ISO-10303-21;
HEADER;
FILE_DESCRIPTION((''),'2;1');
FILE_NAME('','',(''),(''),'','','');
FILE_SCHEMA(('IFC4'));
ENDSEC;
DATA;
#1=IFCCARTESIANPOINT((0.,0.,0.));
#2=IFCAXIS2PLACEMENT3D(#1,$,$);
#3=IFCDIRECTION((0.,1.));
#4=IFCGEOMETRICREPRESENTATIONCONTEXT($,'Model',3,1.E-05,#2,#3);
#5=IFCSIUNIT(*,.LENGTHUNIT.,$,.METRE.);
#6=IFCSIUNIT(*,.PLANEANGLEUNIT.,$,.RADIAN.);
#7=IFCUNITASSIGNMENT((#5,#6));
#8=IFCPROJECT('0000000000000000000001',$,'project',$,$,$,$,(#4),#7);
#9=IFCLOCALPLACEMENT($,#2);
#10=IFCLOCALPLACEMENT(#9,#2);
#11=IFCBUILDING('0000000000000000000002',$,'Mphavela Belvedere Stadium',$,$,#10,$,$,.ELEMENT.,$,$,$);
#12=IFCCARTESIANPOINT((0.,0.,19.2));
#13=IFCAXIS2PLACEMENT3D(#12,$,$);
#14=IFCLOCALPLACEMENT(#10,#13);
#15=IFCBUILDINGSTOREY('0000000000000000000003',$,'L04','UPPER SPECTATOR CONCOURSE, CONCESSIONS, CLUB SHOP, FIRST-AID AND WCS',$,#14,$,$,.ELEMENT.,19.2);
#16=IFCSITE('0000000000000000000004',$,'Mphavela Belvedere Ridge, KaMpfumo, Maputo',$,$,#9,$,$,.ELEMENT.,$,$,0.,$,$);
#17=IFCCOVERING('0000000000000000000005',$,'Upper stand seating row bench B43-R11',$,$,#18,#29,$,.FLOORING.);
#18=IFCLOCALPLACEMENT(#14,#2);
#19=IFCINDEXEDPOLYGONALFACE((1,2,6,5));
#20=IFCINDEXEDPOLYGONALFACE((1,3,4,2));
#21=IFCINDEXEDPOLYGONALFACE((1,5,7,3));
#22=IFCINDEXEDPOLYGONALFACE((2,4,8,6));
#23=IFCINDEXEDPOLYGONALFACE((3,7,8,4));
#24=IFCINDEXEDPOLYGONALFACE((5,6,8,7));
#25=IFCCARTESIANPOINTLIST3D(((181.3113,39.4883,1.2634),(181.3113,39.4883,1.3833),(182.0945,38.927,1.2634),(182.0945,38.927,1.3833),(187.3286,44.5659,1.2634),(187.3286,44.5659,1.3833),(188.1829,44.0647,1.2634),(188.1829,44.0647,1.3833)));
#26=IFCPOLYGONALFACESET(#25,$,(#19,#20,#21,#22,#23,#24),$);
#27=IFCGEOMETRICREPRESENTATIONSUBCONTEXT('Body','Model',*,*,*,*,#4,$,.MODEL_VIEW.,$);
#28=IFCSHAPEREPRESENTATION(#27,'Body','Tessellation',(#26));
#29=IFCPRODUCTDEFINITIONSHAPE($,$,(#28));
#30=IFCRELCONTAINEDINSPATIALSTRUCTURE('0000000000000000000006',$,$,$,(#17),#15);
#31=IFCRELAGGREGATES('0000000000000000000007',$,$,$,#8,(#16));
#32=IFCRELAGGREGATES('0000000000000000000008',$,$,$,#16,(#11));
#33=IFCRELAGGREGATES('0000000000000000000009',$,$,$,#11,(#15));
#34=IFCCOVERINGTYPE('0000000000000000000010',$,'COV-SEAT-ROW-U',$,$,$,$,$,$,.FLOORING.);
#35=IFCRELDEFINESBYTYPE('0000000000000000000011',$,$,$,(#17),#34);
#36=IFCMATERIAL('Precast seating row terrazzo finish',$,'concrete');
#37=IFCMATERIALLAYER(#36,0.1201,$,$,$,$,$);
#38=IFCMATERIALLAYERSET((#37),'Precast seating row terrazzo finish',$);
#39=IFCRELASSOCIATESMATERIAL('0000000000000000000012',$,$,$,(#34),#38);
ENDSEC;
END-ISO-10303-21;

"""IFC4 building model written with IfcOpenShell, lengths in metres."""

from ifc_helpers import new_model, si_unit, direction, frame, origin, place, context, subcontext, project, spatial, polyline, outline, extrude, material, layer, layer_set, type_object, element, save


model = new_model("IFC4")

# Units and contexts
model_context = context("Model", 3, precision=1e-05, world=origin(), true_north=direction((0.0, 1.0)))
body_context = subcontext(model_context, "Body", "Model", "MODEL_VIEW")
ifc_project = project(units=[si_unit("LENGTHUNIT", "METRE"), si_unit("PLANEANGLEUNIT", "RADIAN")], contexts=[model_context])

# Site, building, storey
site_placement = place(None, origin())
site = spatial("IfcSite", under=ifc_project, at=site_placement, Name="Mphavela Belvedere Ridge, KaMpfumo, Maputo", CompositionType="ELEMENT", RefElevation=0.0)
building_placement = place(site_placement, origin())
building = spatial("IfcBuilding", under=site, at=building_placement, Name="Mphavela Belvedere Stadium", CompositionType="ELEMENT")
storey_placement = place(building_placement, frame((0.0, 0.0, 19.2)))
storey = spatial("IfcBuildingStorey", under=building, at=storey_placement, Name="L04", Description="UPPER SPECTATOR CONCOURSE, CONCESSIONS, CLUB SHOP, FIRST-AID AND WCS", CompositionType="ELEMENT", Elevation=19.2)

# Covering
ifc_material = material(Name="Precast seating row terrazzo finish", Category="concrete")
ifc_layer = layer(ifc_material, 0.1201)
ifc_layer_set = layer_set([ifc_layer], Name="Precast seating row terrazzo finish")
covering_type = type_object("IfcCoveringType", Name="COV-SEAT-ROW-U", PredefinedType="FLOORING", material=ifc_layer_set)
covering_1_placement = place(storey_placement, frame((0.0, 0.0, 1.2634)))
element("IfcCovering", 1, at=covering_1_placement, inside=storey, type_object=covering_type, Name="Upper stand seating row bench B43-R11", PredefinedType="FLOORING", context=body_context, shape_type="SweptSolid", body=[
    extrude(outline(polyline([(181.3113, 39.4883), (187.3286, 44.5659), (188.1829, 44.0647), (182.0945, 38.927), (181.3113, 39.4883)])), origin(), (0.0, 0.0, 1.0), 0.1199),
])

save(model, "model.ifc")
